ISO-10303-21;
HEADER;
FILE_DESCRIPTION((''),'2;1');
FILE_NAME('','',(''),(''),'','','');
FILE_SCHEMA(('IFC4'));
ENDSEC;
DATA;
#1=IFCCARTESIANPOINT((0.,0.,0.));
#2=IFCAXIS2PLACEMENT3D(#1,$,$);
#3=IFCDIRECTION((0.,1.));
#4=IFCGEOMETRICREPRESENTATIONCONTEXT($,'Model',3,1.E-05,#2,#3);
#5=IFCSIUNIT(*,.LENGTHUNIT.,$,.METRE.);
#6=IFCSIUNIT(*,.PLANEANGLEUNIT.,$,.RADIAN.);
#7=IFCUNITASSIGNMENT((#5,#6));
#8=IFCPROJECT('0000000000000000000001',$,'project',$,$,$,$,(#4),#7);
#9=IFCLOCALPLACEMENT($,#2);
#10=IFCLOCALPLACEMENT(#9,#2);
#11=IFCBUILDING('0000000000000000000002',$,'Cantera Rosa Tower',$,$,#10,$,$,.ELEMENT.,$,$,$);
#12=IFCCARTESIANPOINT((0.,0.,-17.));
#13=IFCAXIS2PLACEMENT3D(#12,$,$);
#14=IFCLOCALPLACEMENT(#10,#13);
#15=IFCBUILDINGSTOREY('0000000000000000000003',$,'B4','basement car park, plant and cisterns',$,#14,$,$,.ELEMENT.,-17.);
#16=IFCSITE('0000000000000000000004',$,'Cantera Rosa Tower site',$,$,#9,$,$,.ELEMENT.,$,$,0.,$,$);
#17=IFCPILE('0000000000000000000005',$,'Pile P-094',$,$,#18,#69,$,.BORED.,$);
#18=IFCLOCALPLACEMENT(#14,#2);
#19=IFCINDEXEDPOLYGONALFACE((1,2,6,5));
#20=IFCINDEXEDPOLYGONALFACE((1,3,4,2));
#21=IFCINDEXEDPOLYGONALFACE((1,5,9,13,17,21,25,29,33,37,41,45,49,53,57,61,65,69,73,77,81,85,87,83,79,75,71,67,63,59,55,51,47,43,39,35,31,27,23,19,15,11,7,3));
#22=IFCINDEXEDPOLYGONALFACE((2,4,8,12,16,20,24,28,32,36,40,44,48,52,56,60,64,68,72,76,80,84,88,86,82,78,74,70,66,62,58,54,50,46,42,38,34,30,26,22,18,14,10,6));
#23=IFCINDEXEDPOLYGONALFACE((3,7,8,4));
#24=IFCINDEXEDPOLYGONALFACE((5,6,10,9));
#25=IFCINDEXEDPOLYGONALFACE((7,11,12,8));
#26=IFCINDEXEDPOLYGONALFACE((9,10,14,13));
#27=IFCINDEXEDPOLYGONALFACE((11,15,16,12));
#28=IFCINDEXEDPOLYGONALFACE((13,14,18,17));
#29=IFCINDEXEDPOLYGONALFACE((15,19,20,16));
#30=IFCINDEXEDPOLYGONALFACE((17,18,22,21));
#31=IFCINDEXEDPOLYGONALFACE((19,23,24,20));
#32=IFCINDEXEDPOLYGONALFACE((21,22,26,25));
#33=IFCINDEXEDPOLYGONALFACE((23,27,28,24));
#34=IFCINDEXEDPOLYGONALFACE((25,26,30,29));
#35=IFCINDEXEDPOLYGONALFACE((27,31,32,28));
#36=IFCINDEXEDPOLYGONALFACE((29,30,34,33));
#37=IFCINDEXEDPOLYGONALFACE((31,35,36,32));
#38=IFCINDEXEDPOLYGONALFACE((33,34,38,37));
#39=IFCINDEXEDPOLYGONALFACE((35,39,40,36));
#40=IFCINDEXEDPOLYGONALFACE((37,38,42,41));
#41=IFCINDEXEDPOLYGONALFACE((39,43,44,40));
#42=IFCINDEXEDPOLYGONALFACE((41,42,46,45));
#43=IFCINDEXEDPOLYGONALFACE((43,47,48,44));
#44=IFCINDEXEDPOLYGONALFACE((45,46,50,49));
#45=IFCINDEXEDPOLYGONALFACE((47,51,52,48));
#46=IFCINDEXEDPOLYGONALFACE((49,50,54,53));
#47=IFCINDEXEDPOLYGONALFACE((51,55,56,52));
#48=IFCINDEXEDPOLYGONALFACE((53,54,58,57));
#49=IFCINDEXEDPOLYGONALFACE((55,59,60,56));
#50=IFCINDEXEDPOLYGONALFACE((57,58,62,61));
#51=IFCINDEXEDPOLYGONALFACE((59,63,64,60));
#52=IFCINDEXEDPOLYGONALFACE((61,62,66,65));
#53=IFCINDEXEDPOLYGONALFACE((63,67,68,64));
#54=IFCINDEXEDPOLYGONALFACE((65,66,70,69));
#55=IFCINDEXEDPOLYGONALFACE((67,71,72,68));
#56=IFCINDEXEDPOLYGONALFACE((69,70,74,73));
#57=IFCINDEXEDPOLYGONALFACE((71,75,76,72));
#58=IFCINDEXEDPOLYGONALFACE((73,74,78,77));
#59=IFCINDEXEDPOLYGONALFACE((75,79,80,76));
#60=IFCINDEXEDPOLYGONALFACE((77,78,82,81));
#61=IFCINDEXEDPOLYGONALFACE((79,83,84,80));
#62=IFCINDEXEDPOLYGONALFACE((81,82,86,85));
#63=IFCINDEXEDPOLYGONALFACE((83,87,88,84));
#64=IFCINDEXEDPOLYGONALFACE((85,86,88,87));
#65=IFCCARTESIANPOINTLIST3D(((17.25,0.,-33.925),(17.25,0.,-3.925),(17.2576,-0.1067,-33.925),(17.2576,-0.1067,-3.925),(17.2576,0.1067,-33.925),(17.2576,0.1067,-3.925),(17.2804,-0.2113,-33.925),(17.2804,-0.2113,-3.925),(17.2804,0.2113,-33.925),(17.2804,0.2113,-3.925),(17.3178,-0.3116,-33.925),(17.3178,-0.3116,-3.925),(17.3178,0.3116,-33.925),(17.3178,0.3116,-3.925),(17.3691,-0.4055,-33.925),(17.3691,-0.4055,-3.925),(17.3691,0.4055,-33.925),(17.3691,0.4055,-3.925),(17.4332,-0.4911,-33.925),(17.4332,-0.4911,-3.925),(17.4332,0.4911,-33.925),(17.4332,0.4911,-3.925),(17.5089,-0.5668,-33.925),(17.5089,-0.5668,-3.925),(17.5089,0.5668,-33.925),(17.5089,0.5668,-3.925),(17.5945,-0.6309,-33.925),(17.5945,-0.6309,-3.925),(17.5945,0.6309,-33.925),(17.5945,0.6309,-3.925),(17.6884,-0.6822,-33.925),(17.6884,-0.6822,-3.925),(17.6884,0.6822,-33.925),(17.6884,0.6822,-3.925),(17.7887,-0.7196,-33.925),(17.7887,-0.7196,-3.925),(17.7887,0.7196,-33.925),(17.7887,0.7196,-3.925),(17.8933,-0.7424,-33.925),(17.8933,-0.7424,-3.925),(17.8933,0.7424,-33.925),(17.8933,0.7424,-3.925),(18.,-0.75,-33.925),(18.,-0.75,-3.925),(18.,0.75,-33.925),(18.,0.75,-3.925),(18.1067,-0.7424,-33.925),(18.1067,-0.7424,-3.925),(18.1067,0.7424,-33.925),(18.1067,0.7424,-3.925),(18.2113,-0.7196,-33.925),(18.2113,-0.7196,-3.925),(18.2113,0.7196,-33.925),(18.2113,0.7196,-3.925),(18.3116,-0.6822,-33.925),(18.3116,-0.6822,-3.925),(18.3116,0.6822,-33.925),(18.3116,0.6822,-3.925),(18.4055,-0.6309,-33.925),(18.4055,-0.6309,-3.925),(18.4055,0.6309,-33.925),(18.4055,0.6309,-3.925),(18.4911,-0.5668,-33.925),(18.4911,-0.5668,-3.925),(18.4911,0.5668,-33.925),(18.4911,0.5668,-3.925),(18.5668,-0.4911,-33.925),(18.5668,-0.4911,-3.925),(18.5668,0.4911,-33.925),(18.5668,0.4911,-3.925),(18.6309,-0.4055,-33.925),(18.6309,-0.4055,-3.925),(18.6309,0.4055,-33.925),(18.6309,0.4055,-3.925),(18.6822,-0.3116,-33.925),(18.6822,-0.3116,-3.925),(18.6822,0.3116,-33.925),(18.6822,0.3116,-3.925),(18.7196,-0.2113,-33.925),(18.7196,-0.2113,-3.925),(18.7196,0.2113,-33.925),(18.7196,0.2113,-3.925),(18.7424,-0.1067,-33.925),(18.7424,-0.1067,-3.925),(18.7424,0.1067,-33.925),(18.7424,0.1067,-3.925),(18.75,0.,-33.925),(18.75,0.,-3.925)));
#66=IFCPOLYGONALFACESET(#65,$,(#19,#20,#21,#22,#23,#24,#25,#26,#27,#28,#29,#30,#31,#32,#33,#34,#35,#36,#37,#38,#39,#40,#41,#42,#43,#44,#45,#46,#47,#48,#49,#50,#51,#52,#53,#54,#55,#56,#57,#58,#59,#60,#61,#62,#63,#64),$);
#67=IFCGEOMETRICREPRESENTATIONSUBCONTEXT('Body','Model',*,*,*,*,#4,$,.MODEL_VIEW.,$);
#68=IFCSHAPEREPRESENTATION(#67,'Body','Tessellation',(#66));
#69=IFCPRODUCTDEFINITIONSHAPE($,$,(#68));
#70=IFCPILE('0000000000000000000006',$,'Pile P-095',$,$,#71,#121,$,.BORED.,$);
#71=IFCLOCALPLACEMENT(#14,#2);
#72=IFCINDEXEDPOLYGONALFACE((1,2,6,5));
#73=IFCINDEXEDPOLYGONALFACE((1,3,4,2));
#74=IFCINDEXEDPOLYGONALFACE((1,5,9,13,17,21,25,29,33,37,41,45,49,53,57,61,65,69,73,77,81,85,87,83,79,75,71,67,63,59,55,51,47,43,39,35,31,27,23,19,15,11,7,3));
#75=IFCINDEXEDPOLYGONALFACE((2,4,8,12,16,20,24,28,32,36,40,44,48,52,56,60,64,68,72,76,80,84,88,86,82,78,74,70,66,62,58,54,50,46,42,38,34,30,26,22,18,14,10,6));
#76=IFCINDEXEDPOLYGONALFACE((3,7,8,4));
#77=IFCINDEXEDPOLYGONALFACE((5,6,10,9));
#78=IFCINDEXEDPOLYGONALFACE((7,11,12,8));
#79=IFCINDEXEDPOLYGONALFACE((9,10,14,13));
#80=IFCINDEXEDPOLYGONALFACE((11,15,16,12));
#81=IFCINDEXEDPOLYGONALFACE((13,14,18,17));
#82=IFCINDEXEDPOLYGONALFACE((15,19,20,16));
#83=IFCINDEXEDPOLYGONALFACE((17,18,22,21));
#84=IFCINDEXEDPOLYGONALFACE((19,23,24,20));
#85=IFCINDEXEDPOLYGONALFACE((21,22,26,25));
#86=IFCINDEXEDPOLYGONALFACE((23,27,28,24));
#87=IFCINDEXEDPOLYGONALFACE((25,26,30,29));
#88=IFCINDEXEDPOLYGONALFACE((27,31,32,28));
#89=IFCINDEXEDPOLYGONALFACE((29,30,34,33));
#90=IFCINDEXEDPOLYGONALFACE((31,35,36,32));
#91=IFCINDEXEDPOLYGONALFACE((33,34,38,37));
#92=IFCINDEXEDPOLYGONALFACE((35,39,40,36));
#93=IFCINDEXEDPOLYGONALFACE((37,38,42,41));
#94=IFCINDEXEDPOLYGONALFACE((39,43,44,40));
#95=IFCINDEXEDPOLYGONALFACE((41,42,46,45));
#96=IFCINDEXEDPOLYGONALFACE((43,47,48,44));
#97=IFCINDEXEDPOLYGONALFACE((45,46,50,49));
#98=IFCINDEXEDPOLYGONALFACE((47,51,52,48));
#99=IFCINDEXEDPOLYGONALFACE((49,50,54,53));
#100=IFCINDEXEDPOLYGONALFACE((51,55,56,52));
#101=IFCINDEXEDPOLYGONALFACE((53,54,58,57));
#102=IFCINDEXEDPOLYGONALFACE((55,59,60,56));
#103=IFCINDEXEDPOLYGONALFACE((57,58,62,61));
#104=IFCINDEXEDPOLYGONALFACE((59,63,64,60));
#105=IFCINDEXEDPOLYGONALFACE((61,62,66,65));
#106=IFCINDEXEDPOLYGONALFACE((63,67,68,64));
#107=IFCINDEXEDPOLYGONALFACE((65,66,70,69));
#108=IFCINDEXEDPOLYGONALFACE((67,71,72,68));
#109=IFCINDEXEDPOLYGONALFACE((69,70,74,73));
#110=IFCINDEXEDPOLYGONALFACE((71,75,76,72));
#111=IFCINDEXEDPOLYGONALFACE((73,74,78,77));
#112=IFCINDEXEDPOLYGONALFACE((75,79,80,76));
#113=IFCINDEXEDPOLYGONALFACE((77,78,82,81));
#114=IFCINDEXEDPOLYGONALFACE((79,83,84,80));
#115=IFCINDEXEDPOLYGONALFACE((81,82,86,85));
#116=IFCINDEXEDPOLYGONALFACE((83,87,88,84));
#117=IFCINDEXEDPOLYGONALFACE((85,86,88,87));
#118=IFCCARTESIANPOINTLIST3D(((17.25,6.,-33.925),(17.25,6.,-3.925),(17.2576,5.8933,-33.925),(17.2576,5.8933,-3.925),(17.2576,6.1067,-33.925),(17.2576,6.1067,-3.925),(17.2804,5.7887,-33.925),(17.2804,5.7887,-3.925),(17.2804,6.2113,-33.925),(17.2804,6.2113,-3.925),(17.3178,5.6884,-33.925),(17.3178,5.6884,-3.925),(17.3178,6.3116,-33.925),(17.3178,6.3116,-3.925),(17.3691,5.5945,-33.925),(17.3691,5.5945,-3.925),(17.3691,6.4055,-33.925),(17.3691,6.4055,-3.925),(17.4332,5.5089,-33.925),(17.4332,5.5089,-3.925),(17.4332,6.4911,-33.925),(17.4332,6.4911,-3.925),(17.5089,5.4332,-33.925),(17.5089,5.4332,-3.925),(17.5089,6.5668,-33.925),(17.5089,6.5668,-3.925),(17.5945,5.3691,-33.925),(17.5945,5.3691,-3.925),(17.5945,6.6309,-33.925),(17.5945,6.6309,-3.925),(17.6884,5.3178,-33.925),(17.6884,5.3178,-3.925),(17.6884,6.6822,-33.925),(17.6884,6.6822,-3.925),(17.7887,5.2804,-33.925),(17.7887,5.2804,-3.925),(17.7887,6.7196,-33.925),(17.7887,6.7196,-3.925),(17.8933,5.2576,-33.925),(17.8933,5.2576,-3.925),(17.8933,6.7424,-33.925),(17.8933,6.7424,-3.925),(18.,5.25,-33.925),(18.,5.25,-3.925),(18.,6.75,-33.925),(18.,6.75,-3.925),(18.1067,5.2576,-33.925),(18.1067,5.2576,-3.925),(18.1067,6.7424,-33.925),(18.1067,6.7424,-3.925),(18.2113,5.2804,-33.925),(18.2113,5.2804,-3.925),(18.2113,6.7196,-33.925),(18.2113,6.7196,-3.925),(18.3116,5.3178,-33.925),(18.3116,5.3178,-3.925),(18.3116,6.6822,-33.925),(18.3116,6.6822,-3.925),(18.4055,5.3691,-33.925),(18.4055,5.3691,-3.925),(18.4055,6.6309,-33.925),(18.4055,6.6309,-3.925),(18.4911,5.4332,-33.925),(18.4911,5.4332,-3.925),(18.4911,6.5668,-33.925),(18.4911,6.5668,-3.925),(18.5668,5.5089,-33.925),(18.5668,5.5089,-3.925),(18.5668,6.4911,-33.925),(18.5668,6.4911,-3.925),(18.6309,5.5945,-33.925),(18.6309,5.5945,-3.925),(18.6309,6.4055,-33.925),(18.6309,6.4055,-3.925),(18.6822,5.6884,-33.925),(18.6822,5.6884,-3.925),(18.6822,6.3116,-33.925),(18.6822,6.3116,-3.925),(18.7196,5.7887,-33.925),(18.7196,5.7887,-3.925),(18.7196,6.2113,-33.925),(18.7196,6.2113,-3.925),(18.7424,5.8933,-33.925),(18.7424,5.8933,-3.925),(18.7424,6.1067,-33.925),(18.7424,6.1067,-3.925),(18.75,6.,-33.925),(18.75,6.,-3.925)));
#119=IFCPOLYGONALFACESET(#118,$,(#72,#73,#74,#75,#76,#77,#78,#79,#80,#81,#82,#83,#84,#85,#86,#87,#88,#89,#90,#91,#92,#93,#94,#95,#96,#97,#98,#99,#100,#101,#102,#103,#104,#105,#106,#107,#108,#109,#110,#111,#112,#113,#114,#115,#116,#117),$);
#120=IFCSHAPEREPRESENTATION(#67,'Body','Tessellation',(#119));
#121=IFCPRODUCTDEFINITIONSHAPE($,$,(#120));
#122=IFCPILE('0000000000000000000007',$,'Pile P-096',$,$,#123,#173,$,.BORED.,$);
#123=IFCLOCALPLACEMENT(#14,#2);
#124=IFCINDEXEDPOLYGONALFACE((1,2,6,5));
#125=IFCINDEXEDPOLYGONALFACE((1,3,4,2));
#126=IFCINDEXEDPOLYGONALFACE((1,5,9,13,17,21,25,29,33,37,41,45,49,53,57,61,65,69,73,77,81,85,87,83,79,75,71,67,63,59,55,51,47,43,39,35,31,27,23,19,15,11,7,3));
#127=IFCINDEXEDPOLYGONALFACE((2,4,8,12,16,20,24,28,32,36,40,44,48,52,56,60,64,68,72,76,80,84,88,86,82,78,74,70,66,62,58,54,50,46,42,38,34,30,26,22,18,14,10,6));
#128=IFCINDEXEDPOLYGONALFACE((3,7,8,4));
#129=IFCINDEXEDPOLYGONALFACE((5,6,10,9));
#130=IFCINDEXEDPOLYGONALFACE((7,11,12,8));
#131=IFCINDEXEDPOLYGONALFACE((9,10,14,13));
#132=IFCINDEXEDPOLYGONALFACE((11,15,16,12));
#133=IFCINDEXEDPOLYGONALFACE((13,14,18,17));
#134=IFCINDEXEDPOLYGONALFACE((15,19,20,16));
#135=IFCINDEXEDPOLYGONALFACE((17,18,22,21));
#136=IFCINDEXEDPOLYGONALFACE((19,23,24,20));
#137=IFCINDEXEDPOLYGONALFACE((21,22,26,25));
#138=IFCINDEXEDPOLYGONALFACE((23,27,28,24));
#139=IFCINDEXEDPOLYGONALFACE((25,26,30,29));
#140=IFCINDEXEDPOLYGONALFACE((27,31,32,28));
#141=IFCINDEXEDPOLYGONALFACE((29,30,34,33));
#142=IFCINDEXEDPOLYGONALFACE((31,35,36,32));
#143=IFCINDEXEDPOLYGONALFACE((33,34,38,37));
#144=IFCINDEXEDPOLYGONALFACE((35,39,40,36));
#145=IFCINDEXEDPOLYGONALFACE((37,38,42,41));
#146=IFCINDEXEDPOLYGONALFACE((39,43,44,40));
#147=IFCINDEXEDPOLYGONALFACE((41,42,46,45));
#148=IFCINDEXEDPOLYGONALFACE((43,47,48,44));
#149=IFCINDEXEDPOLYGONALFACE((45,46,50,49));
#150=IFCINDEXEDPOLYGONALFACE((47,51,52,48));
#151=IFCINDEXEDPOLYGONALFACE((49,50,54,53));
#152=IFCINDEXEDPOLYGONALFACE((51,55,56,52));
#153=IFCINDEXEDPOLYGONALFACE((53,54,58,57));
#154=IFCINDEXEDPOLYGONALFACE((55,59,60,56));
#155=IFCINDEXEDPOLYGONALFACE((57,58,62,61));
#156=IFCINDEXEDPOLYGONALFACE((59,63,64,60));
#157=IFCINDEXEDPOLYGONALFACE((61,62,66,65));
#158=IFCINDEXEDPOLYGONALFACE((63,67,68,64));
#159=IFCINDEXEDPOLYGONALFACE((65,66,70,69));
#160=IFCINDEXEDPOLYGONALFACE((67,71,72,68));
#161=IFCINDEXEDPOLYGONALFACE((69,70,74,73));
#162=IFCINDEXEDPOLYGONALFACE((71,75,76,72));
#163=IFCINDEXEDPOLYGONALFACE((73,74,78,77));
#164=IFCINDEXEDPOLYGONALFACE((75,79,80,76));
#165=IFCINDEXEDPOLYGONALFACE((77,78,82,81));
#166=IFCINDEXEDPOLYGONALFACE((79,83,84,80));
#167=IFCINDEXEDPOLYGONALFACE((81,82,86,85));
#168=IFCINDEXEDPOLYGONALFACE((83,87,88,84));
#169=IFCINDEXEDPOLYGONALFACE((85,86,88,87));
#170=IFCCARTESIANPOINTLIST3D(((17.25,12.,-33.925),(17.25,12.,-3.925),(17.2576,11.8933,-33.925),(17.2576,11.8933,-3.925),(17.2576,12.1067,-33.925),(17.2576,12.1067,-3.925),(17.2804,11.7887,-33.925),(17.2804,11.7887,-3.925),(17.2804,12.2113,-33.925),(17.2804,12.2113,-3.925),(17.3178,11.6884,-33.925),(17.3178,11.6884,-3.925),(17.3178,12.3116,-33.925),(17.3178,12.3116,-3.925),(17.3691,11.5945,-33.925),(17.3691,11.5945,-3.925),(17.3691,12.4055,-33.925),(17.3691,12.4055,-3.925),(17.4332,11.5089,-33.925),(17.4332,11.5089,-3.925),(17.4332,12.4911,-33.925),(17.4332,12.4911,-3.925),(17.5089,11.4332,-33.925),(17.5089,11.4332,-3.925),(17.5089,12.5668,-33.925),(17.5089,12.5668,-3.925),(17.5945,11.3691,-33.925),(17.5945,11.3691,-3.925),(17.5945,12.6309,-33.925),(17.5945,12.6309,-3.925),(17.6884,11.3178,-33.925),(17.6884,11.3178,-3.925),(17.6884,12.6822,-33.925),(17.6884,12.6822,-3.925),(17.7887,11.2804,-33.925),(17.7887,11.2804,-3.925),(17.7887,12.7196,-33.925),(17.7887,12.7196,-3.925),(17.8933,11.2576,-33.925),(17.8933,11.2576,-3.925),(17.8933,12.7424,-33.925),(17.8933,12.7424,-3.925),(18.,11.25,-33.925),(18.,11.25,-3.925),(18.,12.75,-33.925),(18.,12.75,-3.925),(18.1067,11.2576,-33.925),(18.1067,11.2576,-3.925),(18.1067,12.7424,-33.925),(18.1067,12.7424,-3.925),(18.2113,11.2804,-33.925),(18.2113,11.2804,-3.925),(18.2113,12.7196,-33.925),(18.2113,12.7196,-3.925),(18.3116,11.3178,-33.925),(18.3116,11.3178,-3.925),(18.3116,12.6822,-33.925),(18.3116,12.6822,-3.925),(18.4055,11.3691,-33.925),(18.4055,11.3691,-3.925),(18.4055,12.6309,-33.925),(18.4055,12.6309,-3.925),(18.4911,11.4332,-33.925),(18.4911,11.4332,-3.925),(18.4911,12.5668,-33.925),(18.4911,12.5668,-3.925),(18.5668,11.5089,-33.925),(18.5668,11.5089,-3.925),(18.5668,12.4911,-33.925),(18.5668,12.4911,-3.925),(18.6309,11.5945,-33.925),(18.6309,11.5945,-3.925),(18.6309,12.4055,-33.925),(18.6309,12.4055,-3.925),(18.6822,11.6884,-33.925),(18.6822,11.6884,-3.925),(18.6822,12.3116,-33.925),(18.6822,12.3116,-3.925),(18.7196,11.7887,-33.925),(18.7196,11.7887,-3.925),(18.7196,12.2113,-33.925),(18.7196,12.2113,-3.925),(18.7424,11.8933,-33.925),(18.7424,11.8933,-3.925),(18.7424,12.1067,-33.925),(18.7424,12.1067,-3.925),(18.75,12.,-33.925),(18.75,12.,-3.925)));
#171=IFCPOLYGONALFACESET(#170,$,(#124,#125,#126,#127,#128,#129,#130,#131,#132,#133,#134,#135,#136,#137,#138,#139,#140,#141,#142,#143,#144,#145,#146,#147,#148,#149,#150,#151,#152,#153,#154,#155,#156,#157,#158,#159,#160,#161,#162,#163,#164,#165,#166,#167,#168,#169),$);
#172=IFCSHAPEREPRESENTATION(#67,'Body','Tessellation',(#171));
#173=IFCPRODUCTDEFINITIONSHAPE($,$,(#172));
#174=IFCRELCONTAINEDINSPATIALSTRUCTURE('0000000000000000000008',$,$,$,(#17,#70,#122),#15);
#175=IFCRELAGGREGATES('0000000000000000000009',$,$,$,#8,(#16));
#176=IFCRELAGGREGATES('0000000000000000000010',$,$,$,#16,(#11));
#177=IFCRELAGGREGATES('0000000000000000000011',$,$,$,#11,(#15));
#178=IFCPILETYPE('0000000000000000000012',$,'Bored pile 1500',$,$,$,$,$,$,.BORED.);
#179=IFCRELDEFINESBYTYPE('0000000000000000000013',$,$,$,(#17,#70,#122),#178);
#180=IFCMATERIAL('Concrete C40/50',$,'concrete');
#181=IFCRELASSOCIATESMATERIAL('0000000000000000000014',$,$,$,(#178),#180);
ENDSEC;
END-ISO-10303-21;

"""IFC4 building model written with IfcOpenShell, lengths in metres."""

from ifc_helpers import new_model, si_unit, direction, frame, origin, origin_2d, place, context, subcontext, project, spatial, circle, extrude, material, material_profile, profile_set, type_object, element, save


model = new_model("IFC4")

# Units and contexts
model_context = context("Model", 3, precision=1e-05, world=origin(), true_north=direction((0.0, 1.0)))
body_context = subcontext(model_context, "Body", "Model", "MODEL_VIEW")
ifc_project = project(units=[si_unit("LENGTHUNIT", "METRE"), si_unit("PLANEANGLEUNIT", "RADIAN")], contexts=[model_context])

# Site, building, storey
site_placement = place(None, origin())
site = spatial("IfcSite", under=ifc_project, at=site_placement, Name="Cantera Rosa Tower site", CompositionType="ELEMENT", RefElevation=0.0)
building_placement = place(site_placement, origin())
building = spatial("IfcBuilding", under=site, at=building_placement, Name="Cantera Rosa Tower", CompositionType="ELEMENT")
storey_placement = place(building_placement, frame((0.0, 0.0, -17.0)))
storey = spatial("IfcBuildingStorey", under=building, at=storey_placement, Name="B4", Description="basement car park, plant and cisterns", CompositionType="ELEMENT", Elevation=-17.0)

# Piles
ifc_material_1 = material(Name="Concrete C40/50", Category="concrete")
ifc_material_profile_1 = material_profile(ifc_material_1, circle(Radius=0.75, at=origin_2d()), Name="Bored pile 1500")
ifc_profile_set_1 = profile_set([ifc_material_profile_1], Name="Concrete C40/50")
pile_type = type_object("IfcPileType", Name="Bored pile 1500", PredefinedType="BORED", material=ifc_profile_set_1)
for number, where, z_axis, x_axis, name in (
    (1, (18.0, 0.0, -3.925), (0.0, 0.0, -1.0), (1.0, 0.0, 0.0), "Pile P-094"),
    (2, (18.0, 6.0, -3.925), (0.0, 0.0, -1.0), (1.0, 0.0, 0.0), "Pile P-095"),
    (3, (18.0, 12.0, -3.925), (0.0, 0.0, -1.0), (1.0, 0.0, 0.0), "Pile P-096"),
):
    element("IfcPile", number, at=place(storey_placement, frame(where, z_axis=z_axis, x_axis=x_axis)), inside=storey, type_object=pile_type, Name=name, PredefinedType="BORED", context=body_context, shape_type="SweptSolid", body=[
        extrude(circle(Radius=0.75, at=origin_2d()), origin(), (0.0, 0.0, 1.0), 30.0),
    ])

save(model, "model.ifc")
